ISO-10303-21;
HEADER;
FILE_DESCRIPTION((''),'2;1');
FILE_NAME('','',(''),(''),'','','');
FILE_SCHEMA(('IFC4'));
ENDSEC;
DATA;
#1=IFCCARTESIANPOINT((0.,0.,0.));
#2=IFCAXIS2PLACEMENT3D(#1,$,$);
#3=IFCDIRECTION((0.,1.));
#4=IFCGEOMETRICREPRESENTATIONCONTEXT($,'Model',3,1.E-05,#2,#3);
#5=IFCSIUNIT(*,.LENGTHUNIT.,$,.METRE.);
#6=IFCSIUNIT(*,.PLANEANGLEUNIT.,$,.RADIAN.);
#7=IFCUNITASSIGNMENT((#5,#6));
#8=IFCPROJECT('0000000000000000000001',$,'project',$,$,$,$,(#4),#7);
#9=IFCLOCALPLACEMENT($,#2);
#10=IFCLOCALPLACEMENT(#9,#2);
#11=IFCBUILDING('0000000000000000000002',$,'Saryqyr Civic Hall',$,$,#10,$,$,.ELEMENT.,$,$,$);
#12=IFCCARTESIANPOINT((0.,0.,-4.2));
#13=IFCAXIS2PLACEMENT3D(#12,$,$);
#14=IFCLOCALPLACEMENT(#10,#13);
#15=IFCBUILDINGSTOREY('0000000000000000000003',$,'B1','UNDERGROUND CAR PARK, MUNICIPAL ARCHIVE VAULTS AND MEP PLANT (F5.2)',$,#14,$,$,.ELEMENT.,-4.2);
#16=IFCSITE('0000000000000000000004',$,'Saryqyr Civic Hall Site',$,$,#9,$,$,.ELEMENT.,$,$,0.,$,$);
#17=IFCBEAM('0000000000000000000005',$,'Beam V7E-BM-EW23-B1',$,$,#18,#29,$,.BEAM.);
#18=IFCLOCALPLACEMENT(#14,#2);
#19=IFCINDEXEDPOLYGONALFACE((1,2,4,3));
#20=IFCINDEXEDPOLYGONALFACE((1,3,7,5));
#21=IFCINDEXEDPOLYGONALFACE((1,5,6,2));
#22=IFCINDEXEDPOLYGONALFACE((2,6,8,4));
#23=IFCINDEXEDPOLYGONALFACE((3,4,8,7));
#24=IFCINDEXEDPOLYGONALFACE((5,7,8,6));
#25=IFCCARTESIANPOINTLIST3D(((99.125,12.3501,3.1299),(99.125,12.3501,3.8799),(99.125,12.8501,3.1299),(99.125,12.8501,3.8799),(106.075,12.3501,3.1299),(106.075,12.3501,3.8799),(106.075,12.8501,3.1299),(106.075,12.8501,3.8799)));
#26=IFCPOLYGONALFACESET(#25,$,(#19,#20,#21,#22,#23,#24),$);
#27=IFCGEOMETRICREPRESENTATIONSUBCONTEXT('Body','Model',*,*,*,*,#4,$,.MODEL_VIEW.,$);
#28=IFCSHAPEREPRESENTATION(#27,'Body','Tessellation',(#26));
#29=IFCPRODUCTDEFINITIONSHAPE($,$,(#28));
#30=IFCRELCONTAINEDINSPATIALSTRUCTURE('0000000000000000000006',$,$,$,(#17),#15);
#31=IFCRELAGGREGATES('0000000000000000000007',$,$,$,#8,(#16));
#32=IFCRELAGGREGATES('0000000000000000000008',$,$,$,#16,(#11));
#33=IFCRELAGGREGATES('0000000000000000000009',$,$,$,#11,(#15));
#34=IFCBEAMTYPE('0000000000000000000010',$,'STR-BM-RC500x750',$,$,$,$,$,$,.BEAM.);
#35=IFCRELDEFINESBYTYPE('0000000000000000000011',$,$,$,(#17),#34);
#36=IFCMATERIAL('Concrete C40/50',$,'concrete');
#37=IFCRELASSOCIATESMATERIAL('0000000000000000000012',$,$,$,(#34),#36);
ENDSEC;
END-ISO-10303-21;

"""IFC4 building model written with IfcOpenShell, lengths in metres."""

from ifc_helpers import new_model, si_unit, direction, frame, origin, origin_2d, place, context, subcontext, project, spatial, rectangle, extrude, material, material_profile, profile_set, type_object, element, save


model = new_model("IFC4")

# Units and contexts
model_context = context("Model", 3, precision=1e-05, world=origin(), true_north=direction((0.0, 1.0)))
body_context = subcontext(model_context, "Body", "Model", "MODEL_VIEW")
ifc_project = project(units=[si_unit("LENGTHUNIT", "METRE"), si_unit("PLANEANGLEUNIT", "RADIAN")], contexts=[model_context])

# Site, building, storey
site_placement = place(None, origin())
site = spatial("IfcSite", under=ifc_project, at=site_placement, Name="Saryqyr Civic Hall Site", CompositionType="ELEMENT", RefElevation=0.0)
building_placement = place(site_placement, origin())
building = spatial("IfcBuilding", under=site, at=building_placement, Name="Saryqyr Civic Hall", CompositionType="ELEMENT")
storey_placement = place(building_placement, frame((0.0, 0.0, -4.2)))
storey = spatial("IfcBuildingStorey", under=building, at=storey_placement, Name="B1", Description="UNDERGROUND CAR PARK, MUNICIPAL ARCHIVE VAULTS AND MEP PLANT (F5.2)", CompositionType="ELEMENT", Elevation=-4.2)

# Shared definitions
ifc_material_1 = material(Name="Concrete C40/50", Category="concrete")

# Beam
ifc_material_profile_1 = material_profile(ifc_material_1, rectangle(XDim=0.5, YDim=0.75, at=origin_2d()), Name="RC 500x750")
ifc_profile_set_1 = profile_set([ifc_material_profile_1], Name="Concrete C40/50")
beam_type_1 = type_object("IfcBeamType", Name="STR-BM-RC500x750", PredefinedType="BEAM", material=ifc_profile_set_1)
beam_1_placement = place(storey_placement, frame((99.125, 12.6001, 3.5049), z_axis=(1.0, 0.0, 0.0), x_axis=(0.0, 1.0, 0.0)))
element("IfcBeam", 1, at=beam_1_placement, inside=storey, type_object=beam_type_1, Name="Beam V7E-BM-EW23-B1", PredefinedType="BEAM", context=body_context, shape_type="SweptSolid", body=[
    extrude(rectangle(XDim=0.5, YDim=0.75, at=origin_2d()), origin(), (0.0, 0.0, 1.0), 6.95),
])

save(model, "model.ifc")
